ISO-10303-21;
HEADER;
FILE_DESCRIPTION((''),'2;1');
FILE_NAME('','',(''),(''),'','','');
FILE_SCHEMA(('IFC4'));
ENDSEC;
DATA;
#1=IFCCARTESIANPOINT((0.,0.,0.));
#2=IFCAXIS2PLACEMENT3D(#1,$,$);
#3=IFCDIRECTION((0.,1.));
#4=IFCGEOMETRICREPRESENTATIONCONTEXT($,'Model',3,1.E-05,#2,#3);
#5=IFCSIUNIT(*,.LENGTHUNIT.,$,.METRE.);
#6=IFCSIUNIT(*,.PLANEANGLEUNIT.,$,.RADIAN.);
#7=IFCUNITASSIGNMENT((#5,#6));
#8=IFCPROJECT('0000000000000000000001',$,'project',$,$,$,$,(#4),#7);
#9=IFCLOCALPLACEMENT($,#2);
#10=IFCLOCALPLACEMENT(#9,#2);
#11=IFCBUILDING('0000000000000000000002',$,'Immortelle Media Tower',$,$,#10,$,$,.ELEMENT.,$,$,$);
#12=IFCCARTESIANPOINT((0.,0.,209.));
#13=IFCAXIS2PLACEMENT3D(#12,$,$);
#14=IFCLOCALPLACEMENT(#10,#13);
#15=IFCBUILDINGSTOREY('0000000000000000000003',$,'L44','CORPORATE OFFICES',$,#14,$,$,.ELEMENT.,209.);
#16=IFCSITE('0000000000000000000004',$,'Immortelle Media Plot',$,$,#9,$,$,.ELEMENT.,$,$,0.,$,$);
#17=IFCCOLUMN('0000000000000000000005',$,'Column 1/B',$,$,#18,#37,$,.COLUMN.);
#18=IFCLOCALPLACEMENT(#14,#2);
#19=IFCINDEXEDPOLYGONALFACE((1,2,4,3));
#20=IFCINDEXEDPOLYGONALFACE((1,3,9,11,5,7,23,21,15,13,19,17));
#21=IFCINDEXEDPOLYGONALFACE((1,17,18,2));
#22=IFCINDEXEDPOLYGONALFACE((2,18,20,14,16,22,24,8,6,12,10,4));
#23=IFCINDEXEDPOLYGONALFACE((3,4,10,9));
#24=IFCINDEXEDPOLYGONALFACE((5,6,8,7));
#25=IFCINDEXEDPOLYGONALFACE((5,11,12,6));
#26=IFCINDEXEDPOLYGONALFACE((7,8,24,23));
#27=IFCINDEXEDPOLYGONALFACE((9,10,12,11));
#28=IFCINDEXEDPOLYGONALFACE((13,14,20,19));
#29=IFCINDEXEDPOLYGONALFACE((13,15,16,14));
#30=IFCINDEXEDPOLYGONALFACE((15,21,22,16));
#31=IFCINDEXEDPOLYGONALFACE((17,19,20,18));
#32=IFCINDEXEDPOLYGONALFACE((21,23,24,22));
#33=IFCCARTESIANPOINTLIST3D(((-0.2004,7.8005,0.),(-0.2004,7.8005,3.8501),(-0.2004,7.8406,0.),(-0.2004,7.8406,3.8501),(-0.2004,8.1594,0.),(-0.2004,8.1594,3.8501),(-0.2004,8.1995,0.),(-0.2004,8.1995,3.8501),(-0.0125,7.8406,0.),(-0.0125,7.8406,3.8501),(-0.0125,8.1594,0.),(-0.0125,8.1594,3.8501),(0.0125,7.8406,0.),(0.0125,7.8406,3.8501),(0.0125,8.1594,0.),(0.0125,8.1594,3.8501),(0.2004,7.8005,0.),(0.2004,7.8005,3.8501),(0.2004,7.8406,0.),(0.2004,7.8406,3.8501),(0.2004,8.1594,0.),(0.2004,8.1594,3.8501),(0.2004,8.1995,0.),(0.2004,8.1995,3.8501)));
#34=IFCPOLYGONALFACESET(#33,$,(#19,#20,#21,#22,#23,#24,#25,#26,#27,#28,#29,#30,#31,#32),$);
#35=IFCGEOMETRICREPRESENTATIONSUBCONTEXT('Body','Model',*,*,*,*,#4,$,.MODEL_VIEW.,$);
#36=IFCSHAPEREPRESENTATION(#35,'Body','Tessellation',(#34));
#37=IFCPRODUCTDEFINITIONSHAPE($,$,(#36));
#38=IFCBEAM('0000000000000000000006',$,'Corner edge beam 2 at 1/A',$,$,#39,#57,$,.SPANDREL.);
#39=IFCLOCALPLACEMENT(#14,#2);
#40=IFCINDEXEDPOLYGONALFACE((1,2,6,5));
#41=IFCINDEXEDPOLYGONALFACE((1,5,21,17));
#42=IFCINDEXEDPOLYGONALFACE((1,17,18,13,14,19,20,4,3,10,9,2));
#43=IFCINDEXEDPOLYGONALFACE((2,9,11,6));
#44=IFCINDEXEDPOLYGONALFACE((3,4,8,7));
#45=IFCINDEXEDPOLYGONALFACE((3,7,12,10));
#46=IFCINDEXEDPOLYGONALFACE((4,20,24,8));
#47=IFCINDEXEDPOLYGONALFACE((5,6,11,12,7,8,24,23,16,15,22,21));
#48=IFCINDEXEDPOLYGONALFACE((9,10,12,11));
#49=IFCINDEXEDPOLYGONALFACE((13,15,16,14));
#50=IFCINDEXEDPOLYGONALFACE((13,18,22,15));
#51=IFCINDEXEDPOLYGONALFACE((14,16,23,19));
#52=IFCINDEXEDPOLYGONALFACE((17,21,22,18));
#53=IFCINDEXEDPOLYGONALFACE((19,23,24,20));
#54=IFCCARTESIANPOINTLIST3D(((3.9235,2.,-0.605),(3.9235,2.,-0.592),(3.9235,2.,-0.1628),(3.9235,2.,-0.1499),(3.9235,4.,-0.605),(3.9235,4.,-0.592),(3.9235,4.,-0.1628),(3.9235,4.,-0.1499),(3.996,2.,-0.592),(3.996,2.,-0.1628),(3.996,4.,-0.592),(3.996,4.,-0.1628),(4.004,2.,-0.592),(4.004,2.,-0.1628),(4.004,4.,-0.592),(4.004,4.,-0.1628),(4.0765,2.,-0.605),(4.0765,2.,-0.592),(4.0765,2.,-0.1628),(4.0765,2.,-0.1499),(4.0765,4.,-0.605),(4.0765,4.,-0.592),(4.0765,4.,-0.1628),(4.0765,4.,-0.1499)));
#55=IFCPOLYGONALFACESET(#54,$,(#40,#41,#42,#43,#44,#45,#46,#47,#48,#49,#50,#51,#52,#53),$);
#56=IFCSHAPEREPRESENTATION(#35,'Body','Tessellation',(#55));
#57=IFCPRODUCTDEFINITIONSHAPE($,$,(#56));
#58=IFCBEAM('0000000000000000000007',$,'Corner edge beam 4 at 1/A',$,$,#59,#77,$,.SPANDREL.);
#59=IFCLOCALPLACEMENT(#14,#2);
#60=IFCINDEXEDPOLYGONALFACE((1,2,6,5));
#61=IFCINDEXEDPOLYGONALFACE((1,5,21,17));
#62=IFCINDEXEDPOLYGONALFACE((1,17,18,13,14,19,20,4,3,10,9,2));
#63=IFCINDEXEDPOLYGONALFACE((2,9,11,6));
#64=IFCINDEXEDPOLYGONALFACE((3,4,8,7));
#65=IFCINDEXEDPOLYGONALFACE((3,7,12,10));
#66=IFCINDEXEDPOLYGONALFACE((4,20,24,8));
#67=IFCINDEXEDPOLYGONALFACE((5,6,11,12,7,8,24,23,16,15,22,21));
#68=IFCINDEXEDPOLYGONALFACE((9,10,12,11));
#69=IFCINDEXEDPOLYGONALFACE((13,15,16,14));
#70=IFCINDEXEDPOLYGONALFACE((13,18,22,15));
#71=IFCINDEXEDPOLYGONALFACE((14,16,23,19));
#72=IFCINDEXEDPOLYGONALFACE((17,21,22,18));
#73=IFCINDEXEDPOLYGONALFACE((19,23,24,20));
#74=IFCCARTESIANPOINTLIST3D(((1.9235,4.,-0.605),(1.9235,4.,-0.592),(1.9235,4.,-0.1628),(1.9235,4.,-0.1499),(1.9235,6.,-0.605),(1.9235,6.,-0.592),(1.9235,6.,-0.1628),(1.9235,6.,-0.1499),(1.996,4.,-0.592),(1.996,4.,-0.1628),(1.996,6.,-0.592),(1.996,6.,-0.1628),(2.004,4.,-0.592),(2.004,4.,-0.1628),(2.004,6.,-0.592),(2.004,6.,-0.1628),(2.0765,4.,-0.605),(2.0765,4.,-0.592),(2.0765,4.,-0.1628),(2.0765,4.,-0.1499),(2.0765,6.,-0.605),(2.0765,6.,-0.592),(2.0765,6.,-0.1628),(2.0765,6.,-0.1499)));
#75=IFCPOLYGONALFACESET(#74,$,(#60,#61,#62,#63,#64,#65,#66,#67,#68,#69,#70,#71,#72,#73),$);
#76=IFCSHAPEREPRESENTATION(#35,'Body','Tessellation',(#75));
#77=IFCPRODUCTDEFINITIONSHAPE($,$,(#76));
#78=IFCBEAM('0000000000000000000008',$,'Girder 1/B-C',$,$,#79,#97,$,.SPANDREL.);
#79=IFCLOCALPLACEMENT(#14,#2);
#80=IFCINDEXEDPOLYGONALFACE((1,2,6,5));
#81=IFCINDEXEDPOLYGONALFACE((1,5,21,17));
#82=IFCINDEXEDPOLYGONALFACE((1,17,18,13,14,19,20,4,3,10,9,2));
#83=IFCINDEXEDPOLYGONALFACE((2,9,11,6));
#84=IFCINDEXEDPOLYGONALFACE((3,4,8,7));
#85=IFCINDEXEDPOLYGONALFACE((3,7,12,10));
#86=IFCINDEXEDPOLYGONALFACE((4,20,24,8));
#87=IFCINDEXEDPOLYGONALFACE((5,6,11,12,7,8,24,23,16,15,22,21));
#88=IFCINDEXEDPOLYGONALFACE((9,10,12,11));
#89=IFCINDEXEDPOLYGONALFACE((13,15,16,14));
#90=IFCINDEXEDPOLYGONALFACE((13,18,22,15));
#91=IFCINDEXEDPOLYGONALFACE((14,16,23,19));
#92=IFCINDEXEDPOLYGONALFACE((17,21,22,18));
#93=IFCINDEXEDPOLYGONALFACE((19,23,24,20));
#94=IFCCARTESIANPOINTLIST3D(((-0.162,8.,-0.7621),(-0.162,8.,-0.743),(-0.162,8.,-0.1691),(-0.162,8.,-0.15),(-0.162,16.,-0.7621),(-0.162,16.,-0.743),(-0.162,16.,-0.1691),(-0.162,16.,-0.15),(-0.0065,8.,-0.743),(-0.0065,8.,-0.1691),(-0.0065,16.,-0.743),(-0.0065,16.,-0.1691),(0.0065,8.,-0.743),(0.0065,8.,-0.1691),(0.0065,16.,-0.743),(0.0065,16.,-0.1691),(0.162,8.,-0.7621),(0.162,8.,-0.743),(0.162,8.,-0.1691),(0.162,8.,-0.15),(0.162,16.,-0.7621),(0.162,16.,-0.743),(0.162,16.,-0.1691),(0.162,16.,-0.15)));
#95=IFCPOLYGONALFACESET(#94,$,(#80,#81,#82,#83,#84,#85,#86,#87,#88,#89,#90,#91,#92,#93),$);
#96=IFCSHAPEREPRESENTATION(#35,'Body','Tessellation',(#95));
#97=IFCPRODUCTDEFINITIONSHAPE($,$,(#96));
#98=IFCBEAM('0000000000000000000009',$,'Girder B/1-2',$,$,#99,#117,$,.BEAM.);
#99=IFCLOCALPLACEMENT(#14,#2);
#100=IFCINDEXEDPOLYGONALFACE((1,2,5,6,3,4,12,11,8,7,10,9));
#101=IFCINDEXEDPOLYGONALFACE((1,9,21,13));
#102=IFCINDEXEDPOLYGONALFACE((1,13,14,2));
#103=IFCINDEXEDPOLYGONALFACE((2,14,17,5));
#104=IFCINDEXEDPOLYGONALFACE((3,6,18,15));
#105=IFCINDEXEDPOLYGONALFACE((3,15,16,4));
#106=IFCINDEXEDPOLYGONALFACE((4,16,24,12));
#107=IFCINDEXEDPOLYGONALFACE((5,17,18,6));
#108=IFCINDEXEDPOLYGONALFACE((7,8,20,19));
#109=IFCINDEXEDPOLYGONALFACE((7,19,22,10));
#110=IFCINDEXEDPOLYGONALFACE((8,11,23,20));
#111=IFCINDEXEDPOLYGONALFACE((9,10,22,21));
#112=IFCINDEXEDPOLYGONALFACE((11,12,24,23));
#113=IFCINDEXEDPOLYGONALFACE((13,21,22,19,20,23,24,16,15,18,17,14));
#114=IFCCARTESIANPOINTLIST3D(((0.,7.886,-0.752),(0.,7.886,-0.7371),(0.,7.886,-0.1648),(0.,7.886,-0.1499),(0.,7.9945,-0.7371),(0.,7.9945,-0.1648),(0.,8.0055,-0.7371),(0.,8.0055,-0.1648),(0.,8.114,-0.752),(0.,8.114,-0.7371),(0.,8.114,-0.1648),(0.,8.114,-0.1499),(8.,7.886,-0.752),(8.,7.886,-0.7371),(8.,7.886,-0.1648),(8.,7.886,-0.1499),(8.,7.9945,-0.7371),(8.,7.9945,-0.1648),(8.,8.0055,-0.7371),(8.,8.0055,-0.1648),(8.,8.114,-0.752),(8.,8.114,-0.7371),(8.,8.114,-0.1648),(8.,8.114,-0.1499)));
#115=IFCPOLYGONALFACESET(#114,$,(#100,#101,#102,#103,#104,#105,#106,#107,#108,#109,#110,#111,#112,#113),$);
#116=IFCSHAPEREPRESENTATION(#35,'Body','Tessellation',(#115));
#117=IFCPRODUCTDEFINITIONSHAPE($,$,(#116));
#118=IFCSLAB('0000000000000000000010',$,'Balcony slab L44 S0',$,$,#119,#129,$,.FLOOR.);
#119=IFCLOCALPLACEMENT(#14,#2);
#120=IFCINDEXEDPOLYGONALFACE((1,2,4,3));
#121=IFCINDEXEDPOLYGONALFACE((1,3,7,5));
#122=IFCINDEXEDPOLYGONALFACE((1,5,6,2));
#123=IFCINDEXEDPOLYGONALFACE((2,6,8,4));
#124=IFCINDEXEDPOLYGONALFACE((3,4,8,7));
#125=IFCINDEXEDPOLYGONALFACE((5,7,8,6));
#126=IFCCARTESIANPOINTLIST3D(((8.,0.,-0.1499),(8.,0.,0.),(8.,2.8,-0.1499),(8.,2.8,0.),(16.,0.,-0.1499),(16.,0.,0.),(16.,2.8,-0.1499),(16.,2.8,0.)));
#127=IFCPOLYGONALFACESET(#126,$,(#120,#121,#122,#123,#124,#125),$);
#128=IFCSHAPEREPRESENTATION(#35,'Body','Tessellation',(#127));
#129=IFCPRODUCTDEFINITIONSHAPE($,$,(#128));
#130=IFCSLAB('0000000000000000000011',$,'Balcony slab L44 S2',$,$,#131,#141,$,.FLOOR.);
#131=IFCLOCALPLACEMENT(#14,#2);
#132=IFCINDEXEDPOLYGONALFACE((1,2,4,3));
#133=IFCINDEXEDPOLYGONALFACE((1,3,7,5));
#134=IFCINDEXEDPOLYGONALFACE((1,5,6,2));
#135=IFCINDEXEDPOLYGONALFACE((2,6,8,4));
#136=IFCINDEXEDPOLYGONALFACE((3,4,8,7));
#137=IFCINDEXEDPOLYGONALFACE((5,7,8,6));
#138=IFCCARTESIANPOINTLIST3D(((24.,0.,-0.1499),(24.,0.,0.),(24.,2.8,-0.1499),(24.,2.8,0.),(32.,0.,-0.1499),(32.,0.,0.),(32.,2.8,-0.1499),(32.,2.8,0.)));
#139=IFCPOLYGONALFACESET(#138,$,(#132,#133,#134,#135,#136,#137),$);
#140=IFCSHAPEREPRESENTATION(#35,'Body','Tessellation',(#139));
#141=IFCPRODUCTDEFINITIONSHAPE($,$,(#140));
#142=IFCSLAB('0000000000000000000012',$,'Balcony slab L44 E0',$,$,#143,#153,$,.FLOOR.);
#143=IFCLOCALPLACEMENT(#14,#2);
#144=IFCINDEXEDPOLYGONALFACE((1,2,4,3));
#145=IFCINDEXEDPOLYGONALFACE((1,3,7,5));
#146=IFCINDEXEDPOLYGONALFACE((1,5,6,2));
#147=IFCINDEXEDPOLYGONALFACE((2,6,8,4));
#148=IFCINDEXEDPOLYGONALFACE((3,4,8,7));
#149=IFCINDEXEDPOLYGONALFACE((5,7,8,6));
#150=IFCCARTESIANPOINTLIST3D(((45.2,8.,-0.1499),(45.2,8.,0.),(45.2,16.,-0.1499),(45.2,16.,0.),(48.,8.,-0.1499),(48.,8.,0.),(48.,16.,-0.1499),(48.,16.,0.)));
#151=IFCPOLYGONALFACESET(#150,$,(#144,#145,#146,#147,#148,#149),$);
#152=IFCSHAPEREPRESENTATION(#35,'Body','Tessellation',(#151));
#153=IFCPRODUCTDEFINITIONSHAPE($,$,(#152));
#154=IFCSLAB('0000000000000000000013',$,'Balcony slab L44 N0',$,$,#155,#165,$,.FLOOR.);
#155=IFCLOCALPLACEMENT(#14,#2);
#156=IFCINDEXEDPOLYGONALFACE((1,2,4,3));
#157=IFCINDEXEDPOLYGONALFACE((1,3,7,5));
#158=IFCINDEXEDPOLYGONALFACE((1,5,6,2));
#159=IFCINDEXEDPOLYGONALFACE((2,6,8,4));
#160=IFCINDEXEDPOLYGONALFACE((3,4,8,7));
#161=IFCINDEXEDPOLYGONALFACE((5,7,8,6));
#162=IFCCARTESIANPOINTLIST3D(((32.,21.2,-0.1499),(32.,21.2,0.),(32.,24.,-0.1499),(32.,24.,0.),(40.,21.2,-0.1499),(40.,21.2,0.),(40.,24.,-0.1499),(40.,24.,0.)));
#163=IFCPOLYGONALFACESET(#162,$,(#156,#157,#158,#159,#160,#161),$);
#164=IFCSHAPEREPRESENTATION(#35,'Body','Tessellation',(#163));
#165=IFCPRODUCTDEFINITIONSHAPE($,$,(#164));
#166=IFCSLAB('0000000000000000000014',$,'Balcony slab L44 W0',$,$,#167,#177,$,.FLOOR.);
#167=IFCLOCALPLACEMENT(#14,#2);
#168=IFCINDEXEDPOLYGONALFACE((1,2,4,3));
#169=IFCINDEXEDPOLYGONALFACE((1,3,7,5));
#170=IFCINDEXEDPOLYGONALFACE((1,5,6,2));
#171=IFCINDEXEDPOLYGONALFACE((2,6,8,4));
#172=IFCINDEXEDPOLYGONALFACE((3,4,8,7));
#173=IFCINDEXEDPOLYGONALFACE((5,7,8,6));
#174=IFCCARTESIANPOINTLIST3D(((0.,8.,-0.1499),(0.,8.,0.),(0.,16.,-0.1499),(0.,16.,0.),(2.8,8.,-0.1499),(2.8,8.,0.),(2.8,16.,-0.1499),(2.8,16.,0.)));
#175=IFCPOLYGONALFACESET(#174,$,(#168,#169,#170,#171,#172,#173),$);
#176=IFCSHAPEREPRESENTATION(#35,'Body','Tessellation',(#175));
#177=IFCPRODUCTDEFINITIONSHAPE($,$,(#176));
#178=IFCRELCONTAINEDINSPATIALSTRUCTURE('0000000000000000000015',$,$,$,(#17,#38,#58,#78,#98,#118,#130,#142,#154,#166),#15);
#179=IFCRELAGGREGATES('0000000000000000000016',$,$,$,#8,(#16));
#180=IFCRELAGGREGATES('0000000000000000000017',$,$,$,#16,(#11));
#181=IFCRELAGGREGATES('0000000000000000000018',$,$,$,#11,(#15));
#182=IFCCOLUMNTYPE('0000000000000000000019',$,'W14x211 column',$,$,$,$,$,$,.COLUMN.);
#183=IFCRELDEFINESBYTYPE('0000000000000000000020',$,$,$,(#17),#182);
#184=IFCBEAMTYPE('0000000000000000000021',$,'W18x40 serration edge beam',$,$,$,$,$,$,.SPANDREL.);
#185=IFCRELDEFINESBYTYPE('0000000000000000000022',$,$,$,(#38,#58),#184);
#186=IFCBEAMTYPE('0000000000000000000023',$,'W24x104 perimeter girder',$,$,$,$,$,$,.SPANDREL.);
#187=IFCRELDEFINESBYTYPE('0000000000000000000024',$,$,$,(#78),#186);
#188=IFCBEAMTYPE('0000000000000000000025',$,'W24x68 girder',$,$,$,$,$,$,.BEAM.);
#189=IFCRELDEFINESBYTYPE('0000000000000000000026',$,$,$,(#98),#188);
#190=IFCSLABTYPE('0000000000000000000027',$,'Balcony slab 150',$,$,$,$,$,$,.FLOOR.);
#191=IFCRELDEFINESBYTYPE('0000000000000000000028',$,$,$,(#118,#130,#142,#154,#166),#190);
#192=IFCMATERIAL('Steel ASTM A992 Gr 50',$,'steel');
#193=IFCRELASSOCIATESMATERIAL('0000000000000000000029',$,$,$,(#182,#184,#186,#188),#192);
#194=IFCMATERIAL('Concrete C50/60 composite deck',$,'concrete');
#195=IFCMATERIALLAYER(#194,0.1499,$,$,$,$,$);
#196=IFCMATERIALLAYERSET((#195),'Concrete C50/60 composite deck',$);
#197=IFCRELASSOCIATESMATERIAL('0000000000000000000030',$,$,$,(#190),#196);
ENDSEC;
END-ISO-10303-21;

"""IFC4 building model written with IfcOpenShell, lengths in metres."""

from ifc_helpers import new_model, si_unit, direction, frame, origin, origin_2d, place, context, subcontext, project, spatial, polyline, i_section, outline, extrude, material, layer, layer_set, material_profile, profile_set, type_object, element, save


model = new_model("IFC4")

# Units and contexts
model_context = context("Model", 3, precision=1e-05, world=origin(), true_north=direction((0.0, 1.0)))
body_context = subcontext(model_context, "Body", "Model", "MODEL_VIEW")
ifc_project = project(units=[si_unit("LENGTHUNIT", "METRE"), si_unit("PLANEANGLEUNIT", "RADIAN")], contexts=[model_context])

# Site, building, storey
site_placement = place(None, origin())
site = spatial("IfcSite", under=ifc_project, at=site_placement, Name="Immortelle Media Plot", CompositionType="ELEMENT", RefElevation=0.0)
building_placement = place(site_placement, origin())
building = spatial("IfcBuilding", under=site, at=building_placement, Name="Immortelle Media Tower", CompositionType="ELEMENT")
storey_placement = place(building_placement, frame((0.0, 0.0, 209.0)))
storey = spatial("IfcBuildingStorey", under=building, at=storey_placement, Name="L44", Description="CORPORATE OFFICES", CompositionType="ELEMENT", Elevation=209.0)

# Column
ifc_material_1 = material(Name="Steel ASTM A992 Gr 50", Category="steel")
ifc_material_profile_1 = material_profile(ifc_material_1, i_section(OverallWidth=0.4009, OverallDepth=0.3989, WebThickness=0.0249, FlangeThickness=0.04, at=origin_2d()), Name="W14x211")
ifc_profile_set_1 = profile_set([ifc_material_profile_1], Name="Steel ASTM A992 Gr 50")
column_type = type_object("IfcColumnType", Name="W14x211 column", PredefinedType="COLUMN", material=ifc_profile_set_1)
column_placement = place(storey_placement, frame((0.0, 8.0, 0.0), z_axis=(0.0, 0.0, 1.0), x_axis=(1.0, 0.0, 0.0)))
element("IfcColumn", 1, at=column_placement, inside=storey, type_object=column_type, Name="Column 1/B", PredefinedType="COLUMN", context=body_context, shape_type="SweptSolid", body=[
    extrude(i_section(OverallWidth=0.4009, OverallDepth=0.3989, WebThickness=0.0249, FlangeThickness=0.04, at=origin_2d()), origin(), (0.0, 0.0, 1.0), 3.8501),
])

# Beams
ifc_material_profile_2 = material_profile(ifc_material_1, i_section(OverallWidth=0.1531, OverallDepth=0.4551, WebThickness=0.0081, FlangeThickness=0.0129, at=origin_2d()), Name="W18x40")
ifc_profile_set_2 = profile_set([ifc_material_profile_2], Name="Steel ASTM A992 Gr 50")
beam_type_1 = type_object("IfcBeamType", Name="W18x40 serration edge beam", PredefinedType="SPANDREL", material=ifc_profile_set_2)
for number, where, z_axis, x_axis, name in (
    (2, (4.0, 2.0, -0.3774), (0.0, 1.0, 0.0), (-1.0, 0.0, 0.0), "Corner edge beam 2 at 1/A"),
    (3, (2.0, 4.0, -0.3774), (0.0, 1.0, 0.0), (-1.0, 0.0, 0.0), "Corner edge beam 4 at 1/A"),
):
    element("IfcBeam", number, at=place(storey_placement, frame(where, z_axis=z_axis, x_axis=x_axis)), inside=storey, type_object=beam_type_1, Name=name, PredefinedType="SPANDREL", context=body_context, shape_type="SweptSolid", body=[
        extrude(i_section(OverallWidth=0.1531, OverallDepth=0.4551, WebThickness=0.0081, FlangeThickness=0.0129, at=origin_2d()), origin(), (0.0, 0.0, 1.0), 2.0),
    ])
ifc_material_profile_3 = material_profile(ifc_material_1, i_section(OverallWidth=0.324, OverallDepth=0.6121, WebThickness=0.0129, FlangeThickness=0.019, at=origin_2d()), Name="W24x104")
ifc_profile_set_3 = profile_set([ifc_material_profile_3], Name="Steel ASTM A992 Gr 50")
beam_type_2 = type_object("IfcBeamType", Name="W24x104 perimeter girder", PredefinedType="SPANDREL", material=ifc_profile_set_3)
beam_1_placement = place(storey_placement, frame((0.0, 8.0, -0.4561), z_axis=(0.0, 1.0, 0.0), x_axis=(-1.0, 0.0, 0.0)))
element("IfcBeam", 4, at=beam_1_placement, inside=storey, type_object=beam_type_2, Name="Girder 1/B-C", PredefinedType="SPANDREL", context=body_context, shape_type="SweptSolid", body=[
    extrude(i_section(OverallWidth=0.324, OverallDepth=0.6121, WebThickness=0.0129, FlangeThickness=0.019, at=origin_2d()), origin(), (0.0, 0.0, 1.0), 8.0),
])
ifc_material_profile_4 = material_profile(ifc_material_1, i_section(OverallWidth=0.228, OverallDepth=0.6021, WebThickness=0.011, FlangeThickness=0.0149, at=origin_2d()), Name="W24x68")
ifc_profile_set_4 = profile_set([ifc_material_profile_4], Name="Steel ASTM A992 Gr 50")
beam_type_3 = type_object("IfcBeamType", Name="W24x68 girder", PredefinedType="BEAM", material=ifc_profile_set_4)
beam_2_placement = place(storey_placement, frame((0.0, 8.0, -0.4509), z_axis=(1.0, 0.0, 0.0), x_axis=(0.0, 1.0, 0.0)))
element("IfcBeam", 5, at=beam_2_placement, inside=storey, type_object=beam_type_3, Name="Girder B/1-2", PredefinedType="BEAM", context=body_context, shape_type="SweptSolid", body=[
    extrude(i_section(OverallWidth=0.228, OverallDepth=0.6021, WebThickness=0.011, FlangeThickness=0.0149, at=origin_2d()), origin(), (0.0, 0.0, 1.0), 8.0),
])

# Slabs
ifc_material_2 = material(Name="Concrete C50/60 composite deck", Category="concrete")
ifc_layer_1 = layer(ifc_material_2, 0.1499)
ifc_layer_set_1 = layer_set([ifc_layer_1], Name="Concrete C50/60 composite deck")
slab_type_1 = type_object("IfcSlabType", Name="Balcony slab 150", PredefinedType="FLOOR", material=ifc_layer_set_1)
slab_1_placement = place(storey_placement, frame((0.0, 0.0, -0.1499)))
element("IfcSlab", 6, at=slab_1_placement, inside=storey, type_object=slab_type_1, Name="Balcony slab L44 S0", PredefinedType="FLOOR", context=body_context, shape_type="SweptSolid", body=[
    extrude(outline(polyline([(16.0, 0.0), (16.0, 2.8), (8.0, 2.8), (8.0, 0.0), (16.0, 0.0)])), origin(), (0.0, 0.0, 1.0), 0.1499),
])
slab_2_placement = place(storey_placement, frame((0.0, 0.0, -0.1499)))
element("IfcSlab", 7, at=slab_2_placement, inside=storey, type_object=slab_type_1, Name="Balcony slab L44 S2", PredefinedType="FLOOR", context=body_context, shape_type="SweptSolid", body=[
    extrude(outline(polyline([(32.0, 0.0), (32.0, 2.8), (24.0, 2.8), (24.0, 0.0), (32.0, 0.0)])), origin(), (0.0, 0.0, 1.0), 0.1499),
])
slab_3_placement = place(storey_placement, frame((0.0, 0.0, -0.1499)))
element("IfcSlab", 8, at=slab_3_placement, inside=storey, type_object=slab_type_1, Name="Balcony slab L44 E0", PredefinedType="FLOOR", context=body_context, shape_type="SweptSolid", body=[
    extrude(outline(polyline([(48.0, 8.0), (48.0, 16.0), (45.2, 16.0), (45.2, 8.0), (48.0, 8.0)])), origin(), (0.0, 0.0, 1.0), 0.1499),
])
slab_4_placement = place(storey_placement, frame((0.0, 0.0, -0.1499)))
element("IfcSlab", 9, at=slab_4_placement, inside=storey, type_object=slab_type_1, Name="Balcony slab L44 N0", PredefinedType="FLOOR", context=body_context, shape_type="SweptSolid", body=[
    extrude(outline(polyline([(40.0, 21.2), (40.0, 24.0), (32.0, 24.0), (32.0, 21.2), (40.0, 21.2)])), origin(), (0.0, 0.0, 1.0), 0.1499),
])
slab_5_placement = place(storey_placement, frame((0.0, 0.0, -0.1499)))
element("IfcSlab", 10, at=slab_5_placement, inside=storey, type_object=slab_type_1, Name="Balcony slab L44 W0", PredefinedType="FLOOR", context=body_context, shape_type="SweptSolid", body=[
    extrude(outline(polyline([(2.8, 8.0), (2.8, 16.0), (0.0, 16.0), (0.0, 8.0), (2.8, 8.0)])), origin(), (0.0, 0.0, 1.0), 0.1499),
])

save(model, "model.ifc")
